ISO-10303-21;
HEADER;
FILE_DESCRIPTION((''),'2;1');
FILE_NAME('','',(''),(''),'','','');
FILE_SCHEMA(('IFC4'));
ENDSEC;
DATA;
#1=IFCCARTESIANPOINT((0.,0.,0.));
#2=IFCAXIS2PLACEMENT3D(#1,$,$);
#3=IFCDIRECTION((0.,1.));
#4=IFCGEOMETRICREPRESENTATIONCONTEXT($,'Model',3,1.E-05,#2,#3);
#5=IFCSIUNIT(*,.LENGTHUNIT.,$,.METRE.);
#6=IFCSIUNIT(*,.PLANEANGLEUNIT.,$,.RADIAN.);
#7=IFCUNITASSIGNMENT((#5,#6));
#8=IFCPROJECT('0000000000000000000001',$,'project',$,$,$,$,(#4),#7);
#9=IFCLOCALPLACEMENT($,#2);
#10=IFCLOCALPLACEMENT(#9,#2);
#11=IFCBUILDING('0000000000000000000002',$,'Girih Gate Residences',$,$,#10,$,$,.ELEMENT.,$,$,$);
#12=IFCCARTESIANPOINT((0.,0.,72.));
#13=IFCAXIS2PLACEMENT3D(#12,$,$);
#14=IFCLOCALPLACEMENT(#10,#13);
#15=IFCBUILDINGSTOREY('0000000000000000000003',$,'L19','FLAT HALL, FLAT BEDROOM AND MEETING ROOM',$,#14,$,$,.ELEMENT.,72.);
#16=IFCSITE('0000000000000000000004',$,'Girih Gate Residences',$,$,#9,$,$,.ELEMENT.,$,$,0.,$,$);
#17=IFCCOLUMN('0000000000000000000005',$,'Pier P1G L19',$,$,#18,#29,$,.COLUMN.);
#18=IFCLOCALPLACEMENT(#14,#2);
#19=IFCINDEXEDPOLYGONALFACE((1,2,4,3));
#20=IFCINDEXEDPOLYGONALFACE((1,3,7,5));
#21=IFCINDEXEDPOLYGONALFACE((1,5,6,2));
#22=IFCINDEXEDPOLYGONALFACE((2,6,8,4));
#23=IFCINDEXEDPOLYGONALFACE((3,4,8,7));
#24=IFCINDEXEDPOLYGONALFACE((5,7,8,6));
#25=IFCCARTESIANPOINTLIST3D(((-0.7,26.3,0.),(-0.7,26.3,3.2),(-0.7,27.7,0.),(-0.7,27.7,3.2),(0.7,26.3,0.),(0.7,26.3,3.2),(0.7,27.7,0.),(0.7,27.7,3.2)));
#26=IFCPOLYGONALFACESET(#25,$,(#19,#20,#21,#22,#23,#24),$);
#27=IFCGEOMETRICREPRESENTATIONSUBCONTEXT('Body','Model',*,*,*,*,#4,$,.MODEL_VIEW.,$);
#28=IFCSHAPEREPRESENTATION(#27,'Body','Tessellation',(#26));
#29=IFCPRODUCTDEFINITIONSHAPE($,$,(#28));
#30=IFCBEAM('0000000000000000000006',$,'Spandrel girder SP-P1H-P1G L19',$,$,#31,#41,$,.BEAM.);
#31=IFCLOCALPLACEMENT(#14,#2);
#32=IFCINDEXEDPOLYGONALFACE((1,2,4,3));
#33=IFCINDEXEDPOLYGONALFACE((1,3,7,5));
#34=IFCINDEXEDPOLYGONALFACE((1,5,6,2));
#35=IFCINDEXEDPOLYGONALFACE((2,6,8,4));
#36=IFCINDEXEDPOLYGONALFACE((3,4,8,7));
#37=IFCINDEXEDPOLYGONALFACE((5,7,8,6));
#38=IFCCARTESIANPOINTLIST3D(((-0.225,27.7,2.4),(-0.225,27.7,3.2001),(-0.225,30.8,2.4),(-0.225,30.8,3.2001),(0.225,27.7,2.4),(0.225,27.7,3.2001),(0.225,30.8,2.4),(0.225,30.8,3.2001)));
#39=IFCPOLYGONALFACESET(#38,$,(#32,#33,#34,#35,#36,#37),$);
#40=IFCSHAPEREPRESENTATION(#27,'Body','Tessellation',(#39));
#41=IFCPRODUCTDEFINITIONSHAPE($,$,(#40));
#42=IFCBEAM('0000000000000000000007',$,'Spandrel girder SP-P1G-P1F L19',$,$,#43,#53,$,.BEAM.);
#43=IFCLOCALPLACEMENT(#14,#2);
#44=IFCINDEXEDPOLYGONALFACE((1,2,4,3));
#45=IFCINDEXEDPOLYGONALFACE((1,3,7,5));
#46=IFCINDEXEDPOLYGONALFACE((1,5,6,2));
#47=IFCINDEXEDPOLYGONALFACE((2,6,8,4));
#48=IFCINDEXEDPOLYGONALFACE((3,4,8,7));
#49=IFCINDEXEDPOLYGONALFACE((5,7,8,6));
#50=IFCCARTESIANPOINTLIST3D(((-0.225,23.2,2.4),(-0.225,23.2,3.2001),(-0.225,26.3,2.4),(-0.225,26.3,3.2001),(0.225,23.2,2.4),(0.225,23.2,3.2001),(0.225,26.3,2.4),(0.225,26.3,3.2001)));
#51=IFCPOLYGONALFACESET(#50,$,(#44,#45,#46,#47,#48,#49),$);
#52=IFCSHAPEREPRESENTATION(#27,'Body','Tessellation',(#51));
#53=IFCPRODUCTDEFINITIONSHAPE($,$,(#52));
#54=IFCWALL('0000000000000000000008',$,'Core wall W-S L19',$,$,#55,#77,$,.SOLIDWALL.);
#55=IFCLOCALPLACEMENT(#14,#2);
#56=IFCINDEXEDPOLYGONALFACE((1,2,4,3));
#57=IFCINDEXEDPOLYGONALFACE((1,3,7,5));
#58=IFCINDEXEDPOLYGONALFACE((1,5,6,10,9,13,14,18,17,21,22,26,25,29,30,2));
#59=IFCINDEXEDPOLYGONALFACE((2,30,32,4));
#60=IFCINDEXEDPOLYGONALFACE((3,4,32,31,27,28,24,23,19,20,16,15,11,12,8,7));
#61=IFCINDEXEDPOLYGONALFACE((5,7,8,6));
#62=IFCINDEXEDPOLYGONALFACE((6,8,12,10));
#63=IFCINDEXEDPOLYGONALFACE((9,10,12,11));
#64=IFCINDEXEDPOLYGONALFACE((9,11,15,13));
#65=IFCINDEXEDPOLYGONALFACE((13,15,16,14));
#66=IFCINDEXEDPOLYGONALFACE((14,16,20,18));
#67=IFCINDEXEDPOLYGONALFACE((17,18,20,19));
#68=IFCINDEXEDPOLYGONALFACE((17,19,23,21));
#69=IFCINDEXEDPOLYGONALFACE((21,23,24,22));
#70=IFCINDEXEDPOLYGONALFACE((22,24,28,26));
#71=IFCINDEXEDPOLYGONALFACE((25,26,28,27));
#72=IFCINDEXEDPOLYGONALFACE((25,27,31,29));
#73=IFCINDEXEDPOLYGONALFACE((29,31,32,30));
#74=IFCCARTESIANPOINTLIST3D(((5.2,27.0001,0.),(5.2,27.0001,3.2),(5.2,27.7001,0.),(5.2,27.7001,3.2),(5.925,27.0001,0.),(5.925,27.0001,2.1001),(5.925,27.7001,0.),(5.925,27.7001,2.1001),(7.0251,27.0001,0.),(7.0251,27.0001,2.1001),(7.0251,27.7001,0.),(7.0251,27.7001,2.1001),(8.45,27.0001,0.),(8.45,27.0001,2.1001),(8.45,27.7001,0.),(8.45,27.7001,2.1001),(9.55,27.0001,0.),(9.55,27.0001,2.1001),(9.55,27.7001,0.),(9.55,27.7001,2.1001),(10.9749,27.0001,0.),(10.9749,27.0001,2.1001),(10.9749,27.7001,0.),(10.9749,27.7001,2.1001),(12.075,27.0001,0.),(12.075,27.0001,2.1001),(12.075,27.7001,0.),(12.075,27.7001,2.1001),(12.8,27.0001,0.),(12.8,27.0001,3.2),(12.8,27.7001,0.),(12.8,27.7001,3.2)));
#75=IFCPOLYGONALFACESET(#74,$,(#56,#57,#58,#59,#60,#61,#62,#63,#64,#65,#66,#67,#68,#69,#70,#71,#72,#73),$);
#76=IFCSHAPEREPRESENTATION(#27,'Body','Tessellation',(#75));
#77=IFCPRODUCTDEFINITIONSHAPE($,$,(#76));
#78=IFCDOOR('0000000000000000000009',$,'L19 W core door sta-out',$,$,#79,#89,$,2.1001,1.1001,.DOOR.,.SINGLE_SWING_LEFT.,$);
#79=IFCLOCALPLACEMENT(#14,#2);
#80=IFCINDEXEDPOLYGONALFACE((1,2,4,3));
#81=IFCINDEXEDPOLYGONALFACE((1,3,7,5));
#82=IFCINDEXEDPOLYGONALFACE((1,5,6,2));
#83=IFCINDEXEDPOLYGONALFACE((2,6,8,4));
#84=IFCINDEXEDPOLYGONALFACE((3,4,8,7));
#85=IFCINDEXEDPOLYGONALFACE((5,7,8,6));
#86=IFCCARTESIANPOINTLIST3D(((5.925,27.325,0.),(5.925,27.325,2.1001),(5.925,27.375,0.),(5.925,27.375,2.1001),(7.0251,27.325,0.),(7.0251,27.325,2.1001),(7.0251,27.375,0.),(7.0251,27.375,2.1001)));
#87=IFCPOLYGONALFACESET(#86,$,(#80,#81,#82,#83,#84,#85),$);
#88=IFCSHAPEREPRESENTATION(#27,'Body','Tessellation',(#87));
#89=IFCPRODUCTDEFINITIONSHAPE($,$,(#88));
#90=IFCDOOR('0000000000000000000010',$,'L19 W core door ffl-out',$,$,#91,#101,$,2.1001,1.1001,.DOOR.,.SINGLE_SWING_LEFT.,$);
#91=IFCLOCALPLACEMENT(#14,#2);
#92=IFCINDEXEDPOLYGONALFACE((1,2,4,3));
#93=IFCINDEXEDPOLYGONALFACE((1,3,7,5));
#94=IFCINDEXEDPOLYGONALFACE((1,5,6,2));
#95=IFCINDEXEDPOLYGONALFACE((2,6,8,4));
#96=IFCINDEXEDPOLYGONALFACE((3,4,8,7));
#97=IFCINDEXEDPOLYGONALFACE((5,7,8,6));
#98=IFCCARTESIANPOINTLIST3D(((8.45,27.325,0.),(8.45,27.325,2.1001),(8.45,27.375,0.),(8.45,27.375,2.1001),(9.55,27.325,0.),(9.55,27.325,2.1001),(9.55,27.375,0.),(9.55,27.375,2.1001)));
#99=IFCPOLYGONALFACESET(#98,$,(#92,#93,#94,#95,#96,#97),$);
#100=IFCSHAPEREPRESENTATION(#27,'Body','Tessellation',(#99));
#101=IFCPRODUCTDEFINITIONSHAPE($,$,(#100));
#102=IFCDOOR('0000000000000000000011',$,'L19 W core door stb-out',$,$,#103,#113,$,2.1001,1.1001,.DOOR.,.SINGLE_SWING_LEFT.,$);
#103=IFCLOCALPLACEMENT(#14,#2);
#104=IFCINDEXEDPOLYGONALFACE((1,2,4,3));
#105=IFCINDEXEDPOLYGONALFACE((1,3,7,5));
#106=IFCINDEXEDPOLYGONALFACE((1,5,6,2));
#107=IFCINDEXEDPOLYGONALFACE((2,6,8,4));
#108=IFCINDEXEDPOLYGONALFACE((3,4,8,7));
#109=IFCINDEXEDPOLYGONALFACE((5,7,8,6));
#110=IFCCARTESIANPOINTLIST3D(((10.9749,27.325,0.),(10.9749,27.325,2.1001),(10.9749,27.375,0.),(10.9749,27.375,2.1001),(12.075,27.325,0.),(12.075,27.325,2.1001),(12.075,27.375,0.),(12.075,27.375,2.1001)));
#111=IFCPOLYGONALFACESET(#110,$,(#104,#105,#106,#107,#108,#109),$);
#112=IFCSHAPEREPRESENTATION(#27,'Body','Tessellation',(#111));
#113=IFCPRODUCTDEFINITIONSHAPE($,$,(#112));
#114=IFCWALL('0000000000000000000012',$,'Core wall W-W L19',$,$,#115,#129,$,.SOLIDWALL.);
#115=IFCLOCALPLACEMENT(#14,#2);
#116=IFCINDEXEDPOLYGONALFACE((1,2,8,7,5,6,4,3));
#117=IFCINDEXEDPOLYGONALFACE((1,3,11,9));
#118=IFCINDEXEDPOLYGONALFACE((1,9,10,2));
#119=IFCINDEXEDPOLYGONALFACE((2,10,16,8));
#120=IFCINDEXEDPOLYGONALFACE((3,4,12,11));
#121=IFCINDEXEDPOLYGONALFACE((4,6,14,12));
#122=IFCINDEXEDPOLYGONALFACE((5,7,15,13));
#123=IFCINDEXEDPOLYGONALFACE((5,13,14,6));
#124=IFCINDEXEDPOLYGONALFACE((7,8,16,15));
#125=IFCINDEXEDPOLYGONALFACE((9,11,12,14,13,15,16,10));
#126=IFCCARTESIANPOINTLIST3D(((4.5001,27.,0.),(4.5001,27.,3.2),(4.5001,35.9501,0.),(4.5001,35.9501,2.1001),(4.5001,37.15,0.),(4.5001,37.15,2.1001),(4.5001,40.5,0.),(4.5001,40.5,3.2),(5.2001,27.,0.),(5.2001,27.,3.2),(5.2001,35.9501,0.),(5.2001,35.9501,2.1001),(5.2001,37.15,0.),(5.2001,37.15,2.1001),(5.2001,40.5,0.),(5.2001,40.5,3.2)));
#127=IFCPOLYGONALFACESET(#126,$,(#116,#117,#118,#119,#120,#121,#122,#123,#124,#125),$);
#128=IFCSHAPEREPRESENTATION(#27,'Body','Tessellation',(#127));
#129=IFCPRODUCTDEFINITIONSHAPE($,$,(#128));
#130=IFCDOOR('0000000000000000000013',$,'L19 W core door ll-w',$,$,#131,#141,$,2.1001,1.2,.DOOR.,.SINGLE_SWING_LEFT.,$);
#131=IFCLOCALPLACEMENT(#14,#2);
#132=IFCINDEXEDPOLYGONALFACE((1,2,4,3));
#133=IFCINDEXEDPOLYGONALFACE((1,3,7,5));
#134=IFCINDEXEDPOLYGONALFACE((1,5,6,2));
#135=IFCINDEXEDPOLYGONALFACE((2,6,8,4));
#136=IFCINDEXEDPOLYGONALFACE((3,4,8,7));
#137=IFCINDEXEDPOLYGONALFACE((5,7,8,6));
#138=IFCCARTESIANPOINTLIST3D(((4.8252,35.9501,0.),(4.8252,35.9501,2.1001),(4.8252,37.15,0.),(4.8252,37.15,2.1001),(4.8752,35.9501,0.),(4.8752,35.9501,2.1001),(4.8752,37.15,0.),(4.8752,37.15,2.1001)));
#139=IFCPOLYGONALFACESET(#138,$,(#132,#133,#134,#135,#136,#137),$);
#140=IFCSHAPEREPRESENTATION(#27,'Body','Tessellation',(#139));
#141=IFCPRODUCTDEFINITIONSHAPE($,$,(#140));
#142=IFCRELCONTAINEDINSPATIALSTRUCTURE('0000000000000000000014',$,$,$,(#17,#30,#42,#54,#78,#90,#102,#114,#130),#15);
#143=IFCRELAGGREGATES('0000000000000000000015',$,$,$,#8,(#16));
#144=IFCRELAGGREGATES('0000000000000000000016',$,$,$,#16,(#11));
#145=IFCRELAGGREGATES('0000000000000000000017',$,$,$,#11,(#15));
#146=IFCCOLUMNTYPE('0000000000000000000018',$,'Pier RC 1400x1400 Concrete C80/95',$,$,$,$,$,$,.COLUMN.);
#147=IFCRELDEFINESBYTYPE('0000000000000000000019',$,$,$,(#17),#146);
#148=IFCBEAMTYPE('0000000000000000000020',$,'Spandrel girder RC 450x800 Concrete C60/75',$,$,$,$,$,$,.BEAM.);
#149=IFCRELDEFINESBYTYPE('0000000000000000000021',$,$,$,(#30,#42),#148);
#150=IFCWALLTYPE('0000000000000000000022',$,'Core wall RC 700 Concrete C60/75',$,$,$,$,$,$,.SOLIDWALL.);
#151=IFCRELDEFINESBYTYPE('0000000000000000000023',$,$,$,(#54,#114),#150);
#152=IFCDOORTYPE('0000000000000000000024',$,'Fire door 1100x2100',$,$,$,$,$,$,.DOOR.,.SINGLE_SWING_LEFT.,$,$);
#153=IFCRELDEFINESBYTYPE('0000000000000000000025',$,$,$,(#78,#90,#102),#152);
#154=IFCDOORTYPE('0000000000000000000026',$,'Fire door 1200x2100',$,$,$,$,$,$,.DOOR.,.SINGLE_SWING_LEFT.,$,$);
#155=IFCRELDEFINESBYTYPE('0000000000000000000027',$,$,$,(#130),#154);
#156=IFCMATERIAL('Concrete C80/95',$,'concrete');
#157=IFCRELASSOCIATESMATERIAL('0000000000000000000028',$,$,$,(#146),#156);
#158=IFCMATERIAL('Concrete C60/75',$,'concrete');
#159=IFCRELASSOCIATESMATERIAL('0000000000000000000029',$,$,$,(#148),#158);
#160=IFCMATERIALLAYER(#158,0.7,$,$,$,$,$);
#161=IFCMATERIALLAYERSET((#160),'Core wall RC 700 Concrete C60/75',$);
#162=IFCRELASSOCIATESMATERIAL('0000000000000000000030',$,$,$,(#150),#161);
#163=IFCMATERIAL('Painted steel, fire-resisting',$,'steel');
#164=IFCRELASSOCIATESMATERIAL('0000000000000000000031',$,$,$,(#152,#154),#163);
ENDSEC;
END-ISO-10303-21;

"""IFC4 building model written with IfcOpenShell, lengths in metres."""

from ifc_helpers import new_model, si_unit, direction, frame, frame_2d, origin, origin_2d, place, context, subcontext, project, spatial, rectangle, extrude, material, layer, layer_set, material_profile, profile_set, type_object, element, fill, save


model = new_model("IFC4")

# Units and contexts
model_context = context("Model", 3, precision=1e-05, world=origin(), true_north=direction((0.0, 1.0)))
body_context = subcontext(model_context, "Body", "Model", "MODEL_VIEW")
ifc_project = project(units=[si_unit("LENGTHUNIT", "METRE"), si_unit("PLANEANGLEUNIT", "RADIAN")], contexts=[model_context])

# Site, building, storey
site_placement = place(None, origin())
site = spatial("IfcSite", under=ifc_project, at=site_placement, Name="Girih Gate Residences", CompositionType="ELEMENT", RefElevation=0.0)
building_placement = place(site_placement, origin())
building = spatial("IfcBuilding", under=site, at=building_placement, Name="Girih Gate Residences", CompositionType="ELEMENT")
storey_placement = place(building_placement, frame((0.0, 0.0, 72.0)))
storey = spatial("IfcBuildingStorey", under=building, at=storey_placement, Name="L19", Description="FLAT HALL, FLAT BEDROOM AND MEETING ROOM", CompositionType="ELEMENT", Elevation=72.0)

# Column
ifc_material_1 = material(Name="Concrete C80/95", Category="concrete")
ifc_material_profile_1 = material_profile(ifc_material_1, rectangle(XDim=1.3999, YDim=1.3999, at=origin_2d()))
ifc_profile_set_1 = profile_set([ifc_material_profile_1], Name="Concrete C80/95")
column_type = type_object("IfcColumnType", Name="Pier RC 1400x1400 Concrete C80/95", PredefinedType="COLUMN", material=ifc_profile_set_1)
column_placement = place(storey_placement, frame((0.0, 27.0, 0.0), z_axis=(0.0, 0.0, 1.0), x_axis=(1.0, 0.0, 0.0)))
element("IfcColumn", 1, at=column_placement, inside=storey, type_object=column_type, Name="Pier P1G L19", PredefinedType="COLUMN", context=body_context, shape_type="SweptSolid", body=[
    extrude(rectangle(XDim=1.3999, YDim=1.3999, at=origin_2d()), origin(), (0.0, 0.0, 1.0), 3.2),
])

# Beams
ifc_material_2 = material(Name="Concrete C60/75", Category="concrete")
ifc_material_profile_2 = material_profile(ifc_material_2, rectangle(XDim=0.45, YDim=0.8, at=origin_2d()))
ifc_profile_set_2 = profile_set([ifc_material_profile_2], Name="Concrete C60/75")
beam_type = type_object("IfcBeamType", Name="Spandrel girder RC 450x800 Concrete C60/75", PredefinedType="BEAM", material=ifc_profile_set_2)
for number, where, z_axis, x_axis, name in (
    (2, (0.0, 30.8, 2.8), (0.0, -1.0, 0.0), (1.0, 0.0, 0.0), "Spandrel girder SP-P1H-P1G L19"),
    (3, (0.0, 26.3, 2.8), (0.0, -1.0, 0.0), (1.0, 0.0, 0.0), "Spandrel girder SP-P1G-P1F L19"),
):
    element("IfcBeam", number, at=place(storey_placement, frame(where, z_axis=z_axis, x_axis=x_axis)), inside=storey, type_object=beam_type, Name=name, PredefinedType="BEAM", context=body_context, shape_type="SweptSolid", body=[
        extrude(rectangle(XDim=0.45, YDim=0.8, at=origin_2d()), origin(), (0.0, 0.0, 1.0), 3.1001),
    ])

# Wall, openings, doors
ifc_layer_1 = layer(ifc_material_2, 0.7)
ifc_layer_set_1 = layer_set([ifc_layer_1], Name="Core wall RC 700 Concrete C60/75")
wall_type_1 = type_object("IfcWallType", Name="Core wall RC 700 Concrete C60/75", PredefinedType="SOLIDWALL", material=ifc_layer_set_1)
wall_1_placement = place(storey_placement, frame((5.2, 27.3501, 0.0), z_axis=(0.0, 0.0, 1.0), x_axis=(1.0, 0.0, 0.0)))
wall_1 = element("IfcWall", 4, at=wall_1_placement, inside=storey, type_object=wall_type_1, Name="Core wall W-S L19", PredefinedType="SOLIDWALL", context=body_context, shape_type="SweptSolid", body=[
    extrude(rectangle(XDim=7.6001, YDim=0.7, at=frame_2d((3.8, 0.0))), origin(), (0.0, 0.0, 1.0), 3.2),
])
opening_1_placement = place(wall_1_placement, frame((0.7251, 0.0, 0.0)))
opening_1 = element("IfcOpeningElement", 5, at=opening_1_placement, cuts=wall_1, PredefinedType="OPENING", context=body_context, shape_type="SweptSolid", body=[
    extrude(rectangle(XDim=1.1001, YDim=2.1001, at=frame_2d((0.55, 1.05))), frame((0.0, 0.3599, 0.0), z_axis=(0.0, -1.0, 0.0), x_axis=(1.0, 0.0, 0.0)), (0.0, 0.0, 1.0), 0.72),
])
opening_2_placement = place(wall_1_placement, frame((3.25, 0.0, 0.0)))
opening_2 = element("IfcOpeningElement", 6, at=opening_2_placement, cuts=wall_1, PredefinedType="OPENING", context=body_context, shape_type="SweptSolid", body=[
    extrude(rectangle(XDim=1.1001, YDim=2.1001, at=frame_2d((0.55, 1.05))), frame((0.0, 0.3599, 0.0), z_axis=(0.0, -1.0, 0.0), x_axis=(1.0, 0.0, 0.0)), (0.0, 0.0, 1.0), 0.72),
])
opening_3_placement = place(wall_1_placement, frame((5.7749, 0.0, 0.0)))
opening_3 = element("IfcOpeningElement", 7, at=opening_3_placement, cuts=wall_1, PredefinedType="OPENING", context=body_context, shape_type="SweptSolid", body=[
    extrude(rectangle(XDim=1.1001, YDim=2.1001, at=frame_2d((0.55, 1.05))), frame((0.0, 0.3599, 0.0), z_axis=(0.0, -1.0, 0.0), x_axis=(1.0, 0.0, 0.0)), (0.0, 0.0, 1.0), 0.72),
])
ifc_material_3 = material(Name="Painted steel, fire-resisting", Category="steel")
door_type_1 = type_object("IfcDoorType", Name="Fire door 1100x2100", OperationType="SINGLE_SWING_LEFT", PredefinedType="DOOR", material=ifc_material_3)
door_1_placement = place(opening_1_placement, origin())
door_1 = element("IfcDoor", 8, at=door_1_placement, inside=storey, type_object=door_type_1, Name="L19 W core door sta-out", OperationType="SINGLE_SWING_LEFT", OverallHeight=2.1001, OverallWidth=1.1001, PredefinedType="DOOR", context=body_context, shape_type="SweptSolid", body=[
    extrude(rectangle(XDim=1.1001, YDim=2.1001, at=frame_2d((0.55, 1.05))), frame((0.0, 0.0249, 0.0), z_axis=(0.0, -1.0, 0.0), x_axis=(1.0, 0.0, 0.0)), (0.0, 0.0, 1.0), 0.05),
])
fill(opening_1, door_1)
door_2_placement = place(opening_2_placement, origin())
door_2 = element("IfcDoor", 9, at=door_2_placement, inside=storey, type_object=door_type_1, Name="L19 W core door ffl-out", OperationType="SINGLE_SWING_LEFT", OverallHeight=2.1001, OverallWidth=1.1001, PredefinedType="DOOR", context=body_context, shape_type="SweptSolid", body=[
    extrude(rectangle(XDim=1.1001, YDim=2.1001, at=frame_2d((0.55, 1.05))), frame((0.0, 0.0249, 0.0), z_axis=(0.0, -1.0, 0.0), x_axis=(1.0, 0.0, 0.0)), (0.0, 0.0, 1.0), 0.05),
])
fill(opening_2, door_2)
door_3_placement = place(opening_3_placement, origin())
door_3 = element("IfcDoor", 10, at=door_3_placement, inside=storey, type_object=door_type_1, Name="L19 W core door stb-out", OperationType="SINGLE_SWING_LEFT", OverallHeight=2.1001, OverallWidth=1.1001, PredefinedType="DOOR", context=body_context, shape_type="SweptSolid", body=[
    extrude(rectangle(XDim=1.1001, YDim=2.1001, at=frame_2d((0.55, 1.05))), frame((0.0, 0.0249, 0.0), z_axis=(0.0, -1.0, 0.0), x_axis=(1.0, 0.0, 0.0)), (0.0, 0.0, 1.0), 0.05),
])
fill(opening_3, door_3)

# Wall, opening, door
wall_2_placement = place(storey_placement, frame((4.8501, 27.0, 0.0), z_axis=(0.0, 0.0, 1.0), x_axis=(0.0, 1.0, 0.0)))
wall_2 = element("IfcWall", 11, at=wall_2_placement, inside=storey, type_object=wall_type_1, Name="Core wall W-W L19", PredefinedType="SOLIDWALL", context=body_context, shape_type="SweptSolid", body=[
    extrude(rectangle(XDim=13.5, YDim=0.7, at=frame_2d((6.75, 0.0))), origin(), (0.0, 0.0, 1.0), 3.2),
])
opening_4_placement = place(wall_2_placement, frame((8.95, 0.0, 0.0)))
opening_4 = element("IfcOpeningElement", 12, at=opening_4_placement, cuts=wall_2, PredefinedType="OPENING", context=body_context, shape_type="SweptSolid", body=[
    extrude(rectangle(XDim=1.2, YDim=2.1001, at=frame_2d((0.6001, 1.05))), frame((0.0, 0.3599, 0.0), z_axis=(0.0, -1.0, 0.0), x_axis=(1.0, 0.0, 0.0)), (0.0, 0.0, 1.0), 0.72),
])
door_type_2 = type_object("IfcDoorType", Name="Fire door 1200x2100", OperationType="SINGLE_SWING_LEFT", PredefinedType="DOOR", material=ifc_material_3)
door_4_placement = place(opening_4_placement, origin())
door_4 = element("IfcDoor", 13, at=door_4_placement, inside=storey, type_object=door_type_2, Name="L19 W core door ll-w", OperationType="SINGLE_SWING_LEFT", OverallHeight=2.1001, OverallWidth=1.2, PredefinedType="DOOR", context=body_context, shape_type="SweptSolid", body=[
    extrude(rectangle(XDim=1.2, YDim=2.1001, at=frame_2d((0.6001, 1.05))), frame((0.0, 0.0249, 0.0), z_axis=(0.0, -1.0, 0.0), x_axis=(1.0, 0.0, 0.0)), (0.0, 0.0, 1.0), 0.05),
])
fill(opening_4, door_4)

save(model, "model.ifc")
